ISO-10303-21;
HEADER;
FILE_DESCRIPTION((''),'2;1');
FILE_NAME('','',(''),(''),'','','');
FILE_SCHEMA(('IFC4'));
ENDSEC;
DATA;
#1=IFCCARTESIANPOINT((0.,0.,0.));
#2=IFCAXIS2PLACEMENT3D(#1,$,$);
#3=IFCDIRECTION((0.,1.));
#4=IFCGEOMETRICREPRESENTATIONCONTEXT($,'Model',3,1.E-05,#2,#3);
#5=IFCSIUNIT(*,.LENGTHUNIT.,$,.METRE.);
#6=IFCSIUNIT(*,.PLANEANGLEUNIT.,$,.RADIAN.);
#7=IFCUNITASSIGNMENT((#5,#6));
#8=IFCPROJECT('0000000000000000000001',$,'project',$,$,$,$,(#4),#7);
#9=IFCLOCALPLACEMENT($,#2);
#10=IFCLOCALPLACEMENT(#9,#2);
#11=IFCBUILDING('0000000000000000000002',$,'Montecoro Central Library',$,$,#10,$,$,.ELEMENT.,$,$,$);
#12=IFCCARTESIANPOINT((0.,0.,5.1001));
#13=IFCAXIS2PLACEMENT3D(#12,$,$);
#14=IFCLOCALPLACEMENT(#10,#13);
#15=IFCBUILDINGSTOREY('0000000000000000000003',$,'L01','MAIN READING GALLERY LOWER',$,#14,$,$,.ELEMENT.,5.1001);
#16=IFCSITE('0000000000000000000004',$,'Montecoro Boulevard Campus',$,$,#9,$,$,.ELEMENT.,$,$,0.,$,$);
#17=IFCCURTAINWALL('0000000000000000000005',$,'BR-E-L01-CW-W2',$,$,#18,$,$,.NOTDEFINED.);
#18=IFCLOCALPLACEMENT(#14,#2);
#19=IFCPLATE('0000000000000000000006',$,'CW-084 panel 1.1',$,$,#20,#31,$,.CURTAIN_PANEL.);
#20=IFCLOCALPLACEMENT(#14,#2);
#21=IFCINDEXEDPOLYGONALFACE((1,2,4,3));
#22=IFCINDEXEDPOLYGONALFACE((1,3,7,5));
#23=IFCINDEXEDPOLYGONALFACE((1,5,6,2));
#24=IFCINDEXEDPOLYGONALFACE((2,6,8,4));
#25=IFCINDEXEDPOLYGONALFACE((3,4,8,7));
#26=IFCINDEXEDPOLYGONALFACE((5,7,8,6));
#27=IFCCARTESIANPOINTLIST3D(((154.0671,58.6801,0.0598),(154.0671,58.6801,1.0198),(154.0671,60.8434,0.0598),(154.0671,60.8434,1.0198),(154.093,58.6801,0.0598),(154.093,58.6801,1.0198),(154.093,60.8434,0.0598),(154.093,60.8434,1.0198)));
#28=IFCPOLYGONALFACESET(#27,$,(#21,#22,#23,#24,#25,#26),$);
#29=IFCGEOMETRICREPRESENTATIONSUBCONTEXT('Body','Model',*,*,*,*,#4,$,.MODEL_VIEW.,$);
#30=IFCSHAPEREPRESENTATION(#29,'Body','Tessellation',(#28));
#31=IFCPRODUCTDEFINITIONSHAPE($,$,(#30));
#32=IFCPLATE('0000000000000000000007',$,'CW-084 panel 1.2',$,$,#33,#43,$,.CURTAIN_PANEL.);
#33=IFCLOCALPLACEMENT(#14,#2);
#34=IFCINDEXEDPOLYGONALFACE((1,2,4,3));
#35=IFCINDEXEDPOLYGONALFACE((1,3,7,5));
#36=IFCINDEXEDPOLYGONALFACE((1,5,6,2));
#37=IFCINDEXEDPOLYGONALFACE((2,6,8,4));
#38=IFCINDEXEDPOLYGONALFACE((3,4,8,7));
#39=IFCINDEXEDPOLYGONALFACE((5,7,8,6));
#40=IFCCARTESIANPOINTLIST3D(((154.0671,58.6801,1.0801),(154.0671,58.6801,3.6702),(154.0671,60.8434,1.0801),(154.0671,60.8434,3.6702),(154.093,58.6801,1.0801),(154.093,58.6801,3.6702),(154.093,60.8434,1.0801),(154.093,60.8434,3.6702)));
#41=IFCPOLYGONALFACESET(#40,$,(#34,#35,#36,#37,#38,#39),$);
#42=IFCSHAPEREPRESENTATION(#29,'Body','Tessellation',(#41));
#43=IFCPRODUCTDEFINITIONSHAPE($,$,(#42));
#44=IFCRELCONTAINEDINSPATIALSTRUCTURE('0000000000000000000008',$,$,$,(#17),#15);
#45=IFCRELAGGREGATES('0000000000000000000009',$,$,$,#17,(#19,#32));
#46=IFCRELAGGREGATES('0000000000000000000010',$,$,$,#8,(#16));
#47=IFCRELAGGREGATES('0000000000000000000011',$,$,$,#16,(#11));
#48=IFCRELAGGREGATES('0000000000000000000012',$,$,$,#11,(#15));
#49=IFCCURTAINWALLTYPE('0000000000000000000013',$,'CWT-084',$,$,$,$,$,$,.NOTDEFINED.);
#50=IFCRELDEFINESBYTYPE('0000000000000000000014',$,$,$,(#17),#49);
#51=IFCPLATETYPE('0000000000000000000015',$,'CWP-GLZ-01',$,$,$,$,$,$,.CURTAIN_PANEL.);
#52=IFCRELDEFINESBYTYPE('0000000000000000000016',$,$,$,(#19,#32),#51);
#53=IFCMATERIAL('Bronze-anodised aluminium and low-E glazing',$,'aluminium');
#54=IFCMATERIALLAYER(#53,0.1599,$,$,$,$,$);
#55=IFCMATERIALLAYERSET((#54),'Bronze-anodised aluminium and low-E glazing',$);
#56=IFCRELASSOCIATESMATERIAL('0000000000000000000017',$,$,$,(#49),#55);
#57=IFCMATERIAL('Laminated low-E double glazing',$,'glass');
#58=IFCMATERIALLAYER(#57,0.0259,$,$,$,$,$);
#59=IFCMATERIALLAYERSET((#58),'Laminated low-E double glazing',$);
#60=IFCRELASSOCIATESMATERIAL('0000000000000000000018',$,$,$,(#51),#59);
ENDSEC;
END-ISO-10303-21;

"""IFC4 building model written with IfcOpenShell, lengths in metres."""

from ifc_helpers import new_model, si_unit, direction, frame, origin, origin_2d, place, context, subcontext, project, spatial, rectangle, extrude, material, layer, layer_set, type_object, element, aggregate, save


model = new_model("IFC4")

# Units and contexts
model_context = context("Model", 3, precision=1e-05, world=origin(), true_north=direction((0.0, 1.0)))
body_context = subcontext(model_context, "Body", "Model", "MODEL_VIEW")
ifc_project = project(units=[si_unit("LENGTHUNIT", "METRE"), si_unit("PLANEANGLEUNIT", "RADIAN")], contexts=[model_context])

# Site, building, storey
site_placement = place(None, origin())
site = spatial("IfcSite", under=ifc_project, at=site_placement, Name="Montecoro Boulevard Campus", CompositionType="ELEMENT", RefElevation=0.0)
building_placement = place(site_placement, origin())
building = spatial("IfcBuilding", under=site, at=building_placement, Name="Montecoro Central Library", CompositionType="ELEMENT")
storey_placement = place(building_placement, frame((0.0, 0.0, 5.1001)))
storey = spatial("IfcBuildingStorey", under=building, at=storey_placement, Name="L01", Description="MAIN READING GALLERY LOWER", CompositionType="ELEMENT", Elevation=5.1001)

# Curtain wall
ifc_material_1 = material(Name="Bronze-anodised aluminium and low-E glazing", Category="aluminium")
ifc_layer_1 = layer(ifc_material_1, 0.1599)
ifc_layer_set_1 = layer_set([ifc_layer_1], Name="Bronze-anodised aluminium and low-E glazing")
curtain_wall_type_1 = type_object("IfcCurtainWallType", Name="CWT-084", PredefinedType="NOTDEFINED", material=ifc_layer_set_1)
curtain_wall_1_placement = place(storey_placement, origin())
curtain_wall_1 = element("IfcCurtainWall", 1, at=curtain_wall_1_placement, inside=storey, type_object=curtain_wall_type_1, Name="BR-E-L01-CW-W2", PredefinedType="NOTDEFINED")

# Plates
ifc_material_2 = material(Name="Laminated low-E double glazing", Category="glass")
ifc_layer_2 = layer(ifc_material_2, 0.0259)
ifc_layer_set_2 = layer_set([ifc_layer_2], Name="Laminated low-E double glazing")
plate_type = type_object("IfcPlateType", Name="CWP-GLZ-01", PredefinedType="CURTAIN_PANEL", material=ifc_layer_set_2)
plate_1_placement = place(storey_placement, frame((154.0801, 59.7617, 0.0598), z_axis=(0.0, 0.0, 1.0), x_axis=(0.0, 1.0, 0.0)))
plate_1 = element("IfcPlate", 2, at=plate_1_placement, type_object=plate_type, Name="CW-084 panel 1.1", PredefinedType="CURTAIN_PANEL", context=body_context, shape_type="SweptSolid", body=[
    extrude(rectangle(XDim=2.1633, YDim=0.0259, at=origin_2d()), origin(), (0.0, 0.0, 1.0), 0.96),
])
plate_2_placement = place(storey_placement, frame((154.0801, 59.7617, 1.0801), z_axis=(0.0, 0.0, 1.0), x_axis=(0.0, 1.0, 0.0)))
plate_2 = element("IfcPlate", 3, at=plate_2_placement, type_object=plate_type, Name="CW-084 panel 1.2", PredefinedType="CURTAIN_PANEL", context=body_context, shape_type="SweptSolid", body=[
    extrude(rectangle(XDim=2.1633, YDim=0.0259, at=origin_2d()), origin(), (0.0, 0.0, 1.0), 2.5901),
])
aggregate(curtain_wall_1, [plate_1, plate_2])

save(model, "model.ifc")
